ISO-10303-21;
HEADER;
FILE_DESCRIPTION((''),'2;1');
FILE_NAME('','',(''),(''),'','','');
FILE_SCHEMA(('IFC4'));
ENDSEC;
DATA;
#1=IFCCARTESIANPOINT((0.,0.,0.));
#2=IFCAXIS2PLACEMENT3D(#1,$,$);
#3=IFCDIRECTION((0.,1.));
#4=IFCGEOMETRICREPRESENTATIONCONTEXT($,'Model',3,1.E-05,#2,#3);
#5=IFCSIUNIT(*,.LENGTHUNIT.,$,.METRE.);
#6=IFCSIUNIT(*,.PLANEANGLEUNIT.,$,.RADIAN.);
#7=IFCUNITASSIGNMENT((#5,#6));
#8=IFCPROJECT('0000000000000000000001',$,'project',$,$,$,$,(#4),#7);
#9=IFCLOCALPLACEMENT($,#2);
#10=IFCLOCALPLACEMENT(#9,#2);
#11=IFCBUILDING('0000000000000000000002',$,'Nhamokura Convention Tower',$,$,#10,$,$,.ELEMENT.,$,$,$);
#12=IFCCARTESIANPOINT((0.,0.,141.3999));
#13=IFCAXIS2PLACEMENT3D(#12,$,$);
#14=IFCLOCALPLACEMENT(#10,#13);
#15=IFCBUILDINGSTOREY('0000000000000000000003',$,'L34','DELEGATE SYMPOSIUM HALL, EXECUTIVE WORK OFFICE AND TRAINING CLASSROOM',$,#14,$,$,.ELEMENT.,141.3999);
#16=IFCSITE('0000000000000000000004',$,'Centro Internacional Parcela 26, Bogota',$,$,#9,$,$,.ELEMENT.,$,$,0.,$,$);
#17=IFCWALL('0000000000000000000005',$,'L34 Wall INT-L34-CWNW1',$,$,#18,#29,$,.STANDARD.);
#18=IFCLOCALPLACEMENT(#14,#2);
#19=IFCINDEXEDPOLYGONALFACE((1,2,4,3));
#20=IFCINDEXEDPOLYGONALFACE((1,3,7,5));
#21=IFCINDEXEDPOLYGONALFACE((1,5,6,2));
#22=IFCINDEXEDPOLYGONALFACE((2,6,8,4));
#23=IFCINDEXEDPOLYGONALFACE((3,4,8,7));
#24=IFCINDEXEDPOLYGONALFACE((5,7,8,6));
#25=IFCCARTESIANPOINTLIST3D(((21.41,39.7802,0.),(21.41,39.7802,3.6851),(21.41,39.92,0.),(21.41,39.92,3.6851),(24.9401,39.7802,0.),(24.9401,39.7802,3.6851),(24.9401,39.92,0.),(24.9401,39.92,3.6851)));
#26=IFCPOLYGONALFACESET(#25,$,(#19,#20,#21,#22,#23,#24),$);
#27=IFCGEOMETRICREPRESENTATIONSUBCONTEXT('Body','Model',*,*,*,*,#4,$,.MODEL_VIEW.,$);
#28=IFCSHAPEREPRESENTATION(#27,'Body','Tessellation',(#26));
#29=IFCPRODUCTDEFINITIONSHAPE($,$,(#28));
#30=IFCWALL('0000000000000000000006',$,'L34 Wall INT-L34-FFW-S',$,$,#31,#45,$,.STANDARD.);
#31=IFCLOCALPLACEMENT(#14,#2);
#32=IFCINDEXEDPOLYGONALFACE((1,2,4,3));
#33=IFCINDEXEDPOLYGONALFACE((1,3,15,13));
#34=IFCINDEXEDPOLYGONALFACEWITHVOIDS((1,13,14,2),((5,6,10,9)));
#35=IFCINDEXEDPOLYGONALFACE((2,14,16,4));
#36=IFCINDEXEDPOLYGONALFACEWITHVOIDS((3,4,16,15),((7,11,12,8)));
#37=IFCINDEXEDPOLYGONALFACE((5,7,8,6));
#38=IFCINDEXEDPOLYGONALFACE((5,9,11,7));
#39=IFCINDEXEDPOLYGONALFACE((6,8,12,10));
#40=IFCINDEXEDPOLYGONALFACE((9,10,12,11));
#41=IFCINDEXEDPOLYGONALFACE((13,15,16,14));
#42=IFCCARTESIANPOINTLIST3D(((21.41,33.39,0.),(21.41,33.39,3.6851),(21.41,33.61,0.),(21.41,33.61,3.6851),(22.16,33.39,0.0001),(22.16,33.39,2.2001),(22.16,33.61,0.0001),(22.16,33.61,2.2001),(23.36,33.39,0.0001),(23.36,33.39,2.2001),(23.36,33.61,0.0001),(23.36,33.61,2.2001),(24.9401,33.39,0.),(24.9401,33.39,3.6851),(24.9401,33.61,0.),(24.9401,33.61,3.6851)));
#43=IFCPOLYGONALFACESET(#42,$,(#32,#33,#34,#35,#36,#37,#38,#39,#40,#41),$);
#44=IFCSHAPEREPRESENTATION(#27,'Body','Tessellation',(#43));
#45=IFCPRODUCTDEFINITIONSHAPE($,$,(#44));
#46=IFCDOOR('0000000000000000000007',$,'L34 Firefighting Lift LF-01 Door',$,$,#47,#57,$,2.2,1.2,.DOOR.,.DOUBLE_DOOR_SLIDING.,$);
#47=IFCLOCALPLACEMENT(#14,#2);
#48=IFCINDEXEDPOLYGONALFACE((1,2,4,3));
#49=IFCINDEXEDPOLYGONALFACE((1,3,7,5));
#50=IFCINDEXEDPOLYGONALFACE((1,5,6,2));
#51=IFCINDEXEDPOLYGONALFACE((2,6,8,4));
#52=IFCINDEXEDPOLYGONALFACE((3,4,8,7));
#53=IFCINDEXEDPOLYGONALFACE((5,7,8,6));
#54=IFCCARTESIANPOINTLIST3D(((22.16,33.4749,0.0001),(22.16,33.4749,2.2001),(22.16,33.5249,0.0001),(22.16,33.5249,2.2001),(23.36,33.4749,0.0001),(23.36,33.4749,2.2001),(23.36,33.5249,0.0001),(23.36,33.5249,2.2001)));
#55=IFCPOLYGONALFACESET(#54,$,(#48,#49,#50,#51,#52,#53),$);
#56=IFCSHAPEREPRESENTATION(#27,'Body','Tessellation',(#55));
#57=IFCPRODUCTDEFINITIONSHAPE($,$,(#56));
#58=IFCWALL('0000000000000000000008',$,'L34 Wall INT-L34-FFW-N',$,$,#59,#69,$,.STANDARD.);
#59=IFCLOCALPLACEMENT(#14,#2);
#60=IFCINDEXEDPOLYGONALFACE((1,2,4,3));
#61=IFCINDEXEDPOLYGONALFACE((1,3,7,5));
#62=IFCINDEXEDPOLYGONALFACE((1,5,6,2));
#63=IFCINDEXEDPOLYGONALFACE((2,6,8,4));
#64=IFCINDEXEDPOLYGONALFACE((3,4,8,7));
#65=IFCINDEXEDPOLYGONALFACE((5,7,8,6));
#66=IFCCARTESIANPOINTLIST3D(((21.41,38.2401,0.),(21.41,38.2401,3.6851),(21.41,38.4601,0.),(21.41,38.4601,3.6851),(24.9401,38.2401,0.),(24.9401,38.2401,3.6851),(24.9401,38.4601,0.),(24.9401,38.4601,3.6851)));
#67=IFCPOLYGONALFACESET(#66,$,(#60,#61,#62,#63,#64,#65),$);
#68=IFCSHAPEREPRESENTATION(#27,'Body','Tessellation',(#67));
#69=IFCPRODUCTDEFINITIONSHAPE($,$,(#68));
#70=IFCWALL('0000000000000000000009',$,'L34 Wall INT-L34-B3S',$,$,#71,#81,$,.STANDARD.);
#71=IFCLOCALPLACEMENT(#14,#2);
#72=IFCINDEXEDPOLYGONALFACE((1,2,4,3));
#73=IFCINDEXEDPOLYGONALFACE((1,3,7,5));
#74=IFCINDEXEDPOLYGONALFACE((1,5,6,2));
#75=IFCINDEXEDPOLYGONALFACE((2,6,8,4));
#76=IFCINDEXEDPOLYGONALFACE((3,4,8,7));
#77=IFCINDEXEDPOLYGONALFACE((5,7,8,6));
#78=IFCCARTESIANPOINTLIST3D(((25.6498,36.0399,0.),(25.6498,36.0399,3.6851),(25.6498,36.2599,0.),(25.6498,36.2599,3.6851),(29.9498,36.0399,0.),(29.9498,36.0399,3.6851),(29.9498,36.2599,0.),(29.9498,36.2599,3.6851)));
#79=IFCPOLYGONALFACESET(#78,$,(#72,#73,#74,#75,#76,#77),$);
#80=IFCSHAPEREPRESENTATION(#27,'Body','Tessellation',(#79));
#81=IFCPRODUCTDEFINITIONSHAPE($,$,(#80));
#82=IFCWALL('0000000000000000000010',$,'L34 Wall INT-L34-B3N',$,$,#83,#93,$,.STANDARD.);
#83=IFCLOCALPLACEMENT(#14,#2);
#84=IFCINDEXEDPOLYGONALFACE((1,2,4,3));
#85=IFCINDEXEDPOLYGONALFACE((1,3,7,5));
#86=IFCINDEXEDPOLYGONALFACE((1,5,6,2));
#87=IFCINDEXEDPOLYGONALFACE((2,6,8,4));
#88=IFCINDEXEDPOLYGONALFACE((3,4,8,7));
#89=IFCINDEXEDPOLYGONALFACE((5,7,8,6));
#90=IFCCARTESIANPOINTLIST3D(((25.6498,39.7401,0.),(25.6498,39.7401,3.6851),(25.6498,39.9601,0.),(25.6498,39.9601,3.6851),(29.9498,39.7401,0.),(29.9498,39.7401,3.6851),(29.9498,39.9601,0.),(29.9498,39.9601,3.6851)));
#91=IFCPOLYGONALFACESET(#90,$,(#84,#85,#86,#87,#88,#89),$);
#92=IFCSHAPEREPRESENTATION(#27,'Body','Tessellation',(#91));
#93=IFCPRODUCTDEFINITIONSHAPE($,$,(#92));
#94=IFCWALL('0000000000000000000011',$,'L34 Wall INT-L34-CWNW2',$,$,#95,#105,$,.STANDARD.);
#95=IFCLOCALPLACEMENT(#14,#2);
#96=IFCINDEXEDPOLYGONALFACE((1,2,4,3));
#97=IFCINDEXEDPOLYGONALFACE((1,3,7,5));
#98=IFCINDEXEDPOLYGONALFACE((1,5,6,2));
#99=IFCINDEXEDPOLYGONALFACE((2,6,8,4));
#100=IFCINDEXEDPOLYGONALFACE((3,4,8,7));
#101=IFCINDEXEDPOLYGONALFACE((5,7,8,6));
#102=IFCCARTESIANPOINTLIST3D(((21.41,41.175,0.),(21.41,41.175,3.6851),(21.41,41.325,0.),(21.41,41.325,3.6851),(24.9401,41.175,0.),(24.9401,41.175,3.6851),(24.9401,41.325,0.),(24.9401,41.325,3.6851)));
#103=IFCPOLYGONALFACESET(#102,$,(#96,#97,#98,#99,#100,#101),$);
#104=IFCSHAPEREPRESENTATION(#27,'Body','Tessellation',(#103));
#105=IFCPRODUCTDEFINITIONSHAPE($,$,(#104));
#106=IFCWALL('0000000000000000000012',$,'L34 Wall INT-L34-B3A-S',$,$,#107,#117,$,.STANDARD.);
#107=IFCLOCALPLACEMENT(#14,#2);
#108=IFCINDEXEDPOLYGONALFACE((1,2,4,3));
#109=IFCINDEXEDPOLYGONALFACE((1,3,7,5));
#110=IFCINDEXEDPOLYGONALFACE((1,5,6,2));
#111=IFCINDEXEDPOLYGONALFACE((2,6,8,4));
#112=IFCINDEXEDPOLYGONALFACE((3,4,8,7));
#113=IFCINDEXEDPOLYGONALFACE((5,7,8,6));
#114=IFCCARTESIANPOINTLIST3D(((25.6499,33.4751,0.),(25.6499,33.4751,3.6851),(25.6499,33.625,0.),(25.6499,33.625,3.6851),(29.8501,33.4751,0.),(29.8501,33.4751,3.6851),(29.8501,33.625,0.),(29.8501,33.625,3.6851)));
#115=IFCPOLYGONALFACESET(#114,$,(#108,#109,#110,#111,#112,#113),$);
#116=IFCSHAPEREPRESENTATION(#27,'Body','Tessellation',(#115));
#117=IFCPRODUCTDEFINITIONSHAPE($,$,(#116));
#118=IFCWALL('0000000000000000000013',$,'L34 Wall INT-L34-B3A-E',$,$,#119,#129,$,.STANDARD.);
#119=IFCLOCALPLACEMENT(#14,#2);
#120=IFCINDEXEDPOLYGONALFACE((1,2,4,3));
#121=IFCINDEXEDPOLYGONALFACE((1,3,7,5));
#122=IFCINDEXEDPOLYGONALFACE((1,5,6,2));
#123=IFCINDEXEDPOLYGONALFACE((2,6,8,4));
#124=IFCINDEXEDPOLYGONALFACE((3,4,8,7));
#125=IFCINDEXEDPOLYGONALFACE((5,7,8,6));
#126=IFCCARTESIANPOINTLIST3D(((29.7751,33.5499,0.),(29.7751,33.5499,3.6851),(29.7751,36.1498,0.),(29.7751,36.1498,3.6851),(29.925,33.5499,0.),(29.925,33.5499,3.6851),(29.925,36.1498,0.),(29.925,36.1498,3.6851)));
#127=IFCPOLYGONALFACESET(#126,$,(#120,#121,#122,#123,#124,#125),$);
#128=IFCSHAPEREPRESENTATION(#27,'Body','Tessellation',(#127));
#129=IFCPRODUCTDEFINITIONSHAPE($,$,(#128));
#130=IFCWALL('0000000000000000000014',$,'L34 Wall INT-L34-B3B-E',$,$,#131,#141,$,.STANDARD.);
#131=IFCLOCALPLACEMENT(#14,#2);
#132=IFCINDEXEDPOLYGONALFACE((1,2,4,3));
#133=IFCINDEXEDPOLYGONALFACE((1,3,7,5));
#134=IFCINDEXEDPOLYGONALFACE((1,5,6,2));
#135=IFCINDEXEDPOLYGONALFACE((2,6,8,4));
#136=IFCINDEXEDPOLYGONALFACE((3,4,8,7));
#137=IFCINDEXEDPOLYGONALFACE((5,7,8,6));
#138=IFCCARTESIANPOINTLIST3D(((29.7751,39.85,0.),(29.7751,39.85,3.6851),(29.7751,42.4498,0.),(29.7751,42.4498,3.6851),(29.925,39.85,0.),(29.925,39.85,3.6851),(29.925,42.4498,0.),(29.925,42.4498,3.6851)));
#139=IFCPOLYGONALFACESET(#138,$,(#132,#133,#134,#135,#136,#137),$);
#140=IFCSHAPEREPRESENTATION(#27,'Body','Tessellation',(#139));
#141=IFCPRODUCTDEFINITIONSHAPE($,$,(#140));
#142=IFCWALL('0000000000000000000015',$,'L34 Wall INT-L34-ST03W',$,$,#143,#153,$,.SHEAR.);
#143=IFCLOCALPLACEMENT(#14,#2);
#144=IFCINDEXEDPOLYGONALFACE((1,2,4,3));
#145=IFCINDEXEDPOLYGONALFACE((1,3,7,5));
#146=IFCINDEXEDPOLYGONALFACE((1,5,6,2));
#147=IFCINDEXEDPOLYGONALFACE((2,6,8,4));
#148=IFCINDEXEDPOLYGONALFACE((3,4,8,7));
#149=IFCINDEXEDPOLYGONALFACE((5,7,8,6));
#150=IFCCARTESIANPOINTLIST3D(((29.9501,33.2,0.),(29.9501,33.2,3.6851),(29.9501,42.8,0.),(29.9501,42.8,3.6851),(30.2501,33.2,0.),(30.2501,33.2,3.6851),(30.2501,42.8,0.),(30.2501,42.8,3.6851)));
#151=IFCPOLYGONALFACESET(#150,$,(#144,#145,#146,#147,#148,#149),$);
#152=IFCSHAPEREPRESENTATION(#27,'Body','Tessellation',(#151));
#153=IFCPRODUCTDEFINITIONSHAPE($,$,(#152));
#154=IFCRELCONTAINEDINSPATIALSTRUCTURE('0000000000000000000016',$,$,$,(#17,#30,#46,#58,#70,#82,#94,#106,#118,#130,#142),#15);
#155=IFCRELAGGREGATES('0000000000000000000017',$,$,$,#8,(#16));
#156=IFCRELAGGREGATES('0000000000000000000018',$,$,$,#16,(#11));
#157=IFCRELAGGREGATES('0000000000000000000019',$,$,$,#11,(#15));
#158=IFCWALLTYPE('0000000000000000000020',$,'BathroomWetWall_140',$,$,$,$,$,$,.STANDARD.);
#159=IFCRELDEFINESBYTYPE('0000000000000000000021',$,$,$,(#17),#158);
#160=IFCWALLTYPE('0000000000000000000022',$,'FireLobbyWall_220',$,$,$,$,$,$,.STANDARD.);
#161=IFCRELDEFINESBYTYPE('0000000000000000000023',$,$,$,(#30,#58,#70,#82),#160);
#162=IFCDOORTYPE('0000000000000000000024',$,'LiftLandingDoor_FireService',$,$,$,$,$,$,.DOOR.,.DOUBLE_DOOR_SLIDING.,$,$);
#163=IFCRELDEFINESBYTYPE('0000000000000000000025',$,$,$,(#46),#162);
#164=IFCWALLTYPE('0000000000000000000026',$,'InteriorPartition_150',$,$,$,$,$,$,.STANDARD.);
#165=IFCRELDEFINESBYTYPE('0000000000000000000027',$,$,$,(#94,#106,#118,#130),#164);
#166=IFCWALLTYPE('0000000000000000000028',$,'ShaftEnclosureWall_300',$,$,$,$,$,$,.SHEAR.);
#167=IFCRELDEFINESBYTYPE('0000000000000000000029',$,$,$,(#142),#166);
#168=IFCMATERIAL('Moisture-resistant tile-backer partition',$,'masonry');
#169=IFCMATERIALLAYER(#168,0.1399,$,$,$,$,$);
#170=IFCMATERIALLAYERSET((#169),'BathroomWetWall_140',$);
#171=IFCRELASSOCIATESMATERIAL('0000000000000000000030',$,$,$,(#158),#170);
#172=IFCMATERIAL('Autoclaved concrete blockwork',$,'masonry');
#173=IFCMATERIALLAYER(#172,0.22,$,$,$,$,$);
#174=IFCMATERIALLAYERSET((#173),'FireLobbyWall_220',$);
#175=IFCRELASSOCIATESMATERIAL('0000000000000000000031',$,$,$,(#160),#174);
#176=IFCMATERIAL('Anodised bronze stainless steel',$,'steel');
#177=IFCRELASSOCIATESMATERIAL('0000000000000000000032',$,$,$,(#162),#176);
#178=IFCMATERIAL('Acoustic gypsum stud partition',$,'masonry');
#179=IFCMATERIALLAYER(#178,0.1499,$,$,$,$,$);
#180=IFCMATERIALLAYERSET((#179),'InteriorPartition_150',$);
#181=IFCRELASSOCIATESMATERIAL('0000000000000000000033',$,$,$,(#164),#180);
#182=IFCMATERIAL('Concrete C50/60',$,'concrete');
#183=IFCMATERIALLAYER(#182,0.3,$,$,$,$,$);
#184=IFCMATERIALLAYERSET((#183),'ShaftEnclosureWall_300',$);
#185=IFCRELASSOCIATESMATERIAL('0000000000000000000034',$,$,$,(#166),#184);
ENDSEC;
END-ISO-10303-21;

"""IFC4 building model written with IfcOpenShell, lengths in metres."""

from ifc_helpers import new_model, si_unit, direction, frame, frame_2d, origin, place, context, subcontext, project, spatial, rectangle, extrude, material, layer, layer_set, type_object, element, fill, save


model = new_model("IFC4")

# Units and contexts
model_context = context("Model", 3, precision=1e-05, world=origin(), true_north=direction((0.0, 1.0)))
body_context = subcontext(model_context, "Body", "Model", "MODEL_VIEW")
ifc_project = project(units=[si_unit("LENGTHUNIT", "METRE"), si_unit("PLANEANGLEUNIT", "RADIAN")], contexts=[model_context])

# Site, building, storey
site_placement = place(None, origin())
site = spatial("IfcSite", under=ifc_project, at=site_placement, Name="Centro Internacional Parcela 26, Bogota", CompositionType="ELEMENT", RefElevation=0.0)
building_placement = place(site_placement, origin())
building = spatial("IfcBuilding", under=site, at=building_placement, Name="Nhamokura Convention Tower", CompositionType="ELEMENT")
storey_placement = place(building_placement, frame((0.0, 0.0, 141.3999)))
storey = spatial("IfcBuildingStorey", under=building, at=storey_placement, Name="L34", Description="DELEGATE SYMPOSIUM HALL, EXECUTIVE WORK OFFICE AND TRAINING CLASSROOM", CompositionType="ELEMENT", Elevation=141.3999)

# Wall
ifc_material_1 = material(Name="Moisture-resistant tile-backer partition", Category="masonry")
ifc_layer_1 = layer(ifc_material_1, 0.1399)
ifc_layer_set_1 = layer_set([ifc_layer_1], Name="BathroomWetWall_140")
wall_type_1 = type_object("IfcWallType", Name="BathroomWetWall_140", PredefinedType="STANDARD", material=ifc_layer_set_1)
wall_1_placement = place(storey_placement, frame((21.4099, 39.8501, 0.0), z_axis=(0.0, 0.0, 1.0), x_axis=(1.0, 0.0, 0.0)))
element("IfcWall", 1, at=wall_1_placement, inside=storey, type_object=wall_type_1, Name="L34 Wall INT-L34-CWNW1", PredefinedType="STANDARD", context=body_context, shape_type="SweptSolid", body=[
    extrude(rectangle(XDim=3.53, YDim=0.1399, at=frame_2d((1.7651, 0.0))), origin(), (0.0, 0.0, 1.0), 3.6851),
])

# Wall, opening, door
ifc_material_2 = material(Name="Autoclaved concrete blockwork", Category="masonry")
ifc_layer_2 = layer(ifc_material_2, 0.22)
ifc_layer_set_2 = layer_set([ifc_layer_2], Name="FireLobbyWall_220")
wall_type_2 = type_object("IfcWallType", Name="FireLobbyWall_220", PredefinedType="STANDARD", material=ifc_layer_set_2)
wall_2_placement = place(storey_placement, frame((21.4099, 33.5, 0.0), z_axis=(0.0, 0.0, 1.0), x_axis=(1.0, 0.0, 0.0)))
wall_2 = element("IfcWall", 2, at=wall_2_placement, inside=storey, type_object=wall_type_2, Name="L34 Wall INT-L34-FFW-S", PredefinedType="STANDARD", context=body_context, shape_type="SweptSolid", body=[
    extrude(rectangle(XDim=3.53, YDim=0.22, at=frame_2d((1.7651, 0.0))), origin(), (0.0, 0.0, 1.0), 3.6851),
])
opening_1_placement = place(wall_2_placement, frame((0.75, 0.0, 0.0)))
opening_1 = element("IfcOpeningElement", 3, at=opening_1_placement, cuts=wall_2, PredefinedType="OPENING", context=body_context, shape_type="SweptSolid", body=[
    extrude(rectangle(XDim=1.2, YDim=2.2, at=frame_2d((0.6001, 1.1001))), frame((0.0, 0.1199, 0.0), z_axis=(0.0, -1.0, 0.0), x_axis=(1.0, 0.0, 0.0)), (0.0, 0.0, 1.0), 0.24),
])
ifc_material_3 = material(Name="Anodised bronze stainless steel", Category="steel")
door_type_1 = type_object("IfcDoorType", Name="LiftLandingDoor_FireService", OperationType="DOUBLE_DOOR_SLIDING", PredefinedType="DOOR", material=ifc_material_3)
door_1_placement = place(opening_1_placement, origin())
door_1 = element("IfcDoor", 4, at=door_1_placement, inside=storey, type_object=door_type_1, Name="L34 Firefighting Lift LF-01 Door", OperationType="DOUBLE_DOOR_SLIDING", OverallHeight=2.2, OverallWidth=1.2, PredefinedType="DOOR", context=body_context, shape_type="SweptSolid", body=[
    extrude(rectangle(XDim=1.2, YDim=2.2, at=frame_2d((0.6001, 1.1001))), frame((0.0, 0.0249, 0.0), z_axis=(0.0, -1.0, 0.0), x_axis=(1.0, 0.0, 0.0)), (0.0, 0.0, 1.0), 0.05),
])
fill(opening_1, door_1)

# Walls
wall_3_placement = place(storey_placement, frame((21.4099, 38.3501, 0.0), z_axis=(0.0, 0.0, 1.0), x_axis=(1.0, 0.0, 0.0)))
element("IfcWall", 5, at=wall_3_placement, inside=storey, type_object=wall_type_2, Name="L34 Wall INT-L34-FFW-N", PredefinedType="STANDARD", context=body_context, shape_type="SweptSolid", body=[
    extrude(rectangle(XDim=3.53, YDim=0.22, at=frame_2d((1.7651, 0.0))), origin(), (0.0, 0.0, 1.0), 3.6851),
])
for number, where, z_axis, x_axis, name in (
    (6, (25.6499, 36.1499, 0.0), (0.0, 0.0, 1.0), (1.0, 0.0, 0.0), "L34 Wall INT-L34-B3S"),
    (7, (25.6499, 39.8501, 0.0), (0.0, 0.0, 1.0), (1.0, 0.0, 0.0), "L34 Wall INT-L34-B3N"),
):
    element("IfcWall", number, at=place(storey_placement, frame(where, z_axis=z_axis, x_axis=x_axis)), inside=storey, type_object=wall_type_2, Name=name, PredefinedType="STANDARD", context=body_context, shape_type="SweptSolid", body=[
        extrude(rectangle(XDim=4.3, YDim=0.22, at=frame_2d((2.1499, 0.0))), origin(), (0.0, 0.0, 1.0), 3.6851),
    ])
ifc_material_4 = material(Name="Acoustic gypsum stud partition", Category="masonry")
ifc_layer_3 = layer(ifc_material_4, 0.1499)
ifc_layer_set_3 = layer_set([ifc_layer_3], Name="InteriorPartition_150")
wall_type_3 = type_object("IfcWallType", Name="InteriorPartition_150", PredefinedType="STANDARD", material=ifc_layer_set_3)
wall_4_placement = place(storey_placement, frame((21.4099, 41.25, 0.0), z_axis=(0.0, 0.0, 1.0), x_axis=(1.0, 0.0, 0.0)))
element("IfcWall", 8, at=wall_4_placement, inside=storey, type_object=wall_type_3, Name="L34 Wall INT-L34-CWNW2", PredefinedType="STANDARD", context=body_context, shape_type="SweptSolid", body=[
    extrude(rectangle(XDim=3.53, YDim=0.1499, at=frame_2d((1.7651, 0.0))), origin(), (0.0, 0.0, 1.0), 3.6851),
])
wall_5_placement = place(storey_placement, frame((25.6499, 33.55, 0.0), z_axis=(0.0, 0.0, 1.0), x_axis=(1.0, 0.0, 0.0)))
element("IfcWall", 9, at=wall_5_placement, inside=storey, type_object=wall_type_3, Name="L34 Wall INT-L34-B3A-S", PredefinedType="STANDARD", context=body_context, shape_type="SweptSolid", body=[
    extrude(rectangle(XDim=4.2002, YDim=0.1499, at=frame_2d((2.1001, 0.0))), origin(), (0.0, 0.0, 1.0), 3.6851),
])
for number, where, z_axis, x_axis, name in (
    (10, (29.8501, 33.55, 0.0), (0.0, 0.0, 1.0), (0.0, 1.0, 0.0), "L34 Wall INT-L34-B3A-E"),
    (11, (29.8501, 39.8501, 0.0), (0.0, 0.0, 1.0), (0.0, 1.0, 0.0), "L34 Wall INT-L34-B3B-E"),
):
    element("IfcWall", number, at=place(storey_placement, frame(where, z_axis=z_axis, x_axis=x_axis)), inside=storey, type_object=wall_type_3, Name=name, PredefinedType="STANDARD", context=body_context, shape_type="SweptSolid", body=[
        extrude(rectangle(XDim=2.5999, YDim=0.1499, at=frame_2d((1.2998, 0.0))), origin(), (0.0, 0.0, 1.0), 3.6851),
    ])
ifc_material_5 = material(Name="Concrete C50/60", Category="concrete")
ifc_layer_4 = layer(ifc_material_5, 0.3)
ifc_layer_set_4 = layer_set([ifc_layer_4], Name="ShaftEnclosureWall_300")
wall_type_4 = type_object("IfcWallType", Name="ShaftEnclosureWall_300", PredefinedType="SHEAR", material=ifc_layer_set_4)
wall_6_placement = place(storey_placement, frame((30.1001, 33.2, 0.0), z_axis=(0.0, 0.0, 1.0), x_axis=(0.0, 1.0, 0.0)))
element("IfcWall", 12, at=wall_6_placement, inside=storey, type_object=wall_type_4, Name="L34 Wall INT-L34-ST03W", PredefinedType="SHEAR", context=body_context, shape_type="SweptSolid", body=[
    extrude(rectangle(XDim=9.6001, YDim=0.3, at=frame_2d((4.8, 0.0))), origin(), (0.0, 0.0, 1.0), 3.6851),
])

save(model, "model.ifc")
